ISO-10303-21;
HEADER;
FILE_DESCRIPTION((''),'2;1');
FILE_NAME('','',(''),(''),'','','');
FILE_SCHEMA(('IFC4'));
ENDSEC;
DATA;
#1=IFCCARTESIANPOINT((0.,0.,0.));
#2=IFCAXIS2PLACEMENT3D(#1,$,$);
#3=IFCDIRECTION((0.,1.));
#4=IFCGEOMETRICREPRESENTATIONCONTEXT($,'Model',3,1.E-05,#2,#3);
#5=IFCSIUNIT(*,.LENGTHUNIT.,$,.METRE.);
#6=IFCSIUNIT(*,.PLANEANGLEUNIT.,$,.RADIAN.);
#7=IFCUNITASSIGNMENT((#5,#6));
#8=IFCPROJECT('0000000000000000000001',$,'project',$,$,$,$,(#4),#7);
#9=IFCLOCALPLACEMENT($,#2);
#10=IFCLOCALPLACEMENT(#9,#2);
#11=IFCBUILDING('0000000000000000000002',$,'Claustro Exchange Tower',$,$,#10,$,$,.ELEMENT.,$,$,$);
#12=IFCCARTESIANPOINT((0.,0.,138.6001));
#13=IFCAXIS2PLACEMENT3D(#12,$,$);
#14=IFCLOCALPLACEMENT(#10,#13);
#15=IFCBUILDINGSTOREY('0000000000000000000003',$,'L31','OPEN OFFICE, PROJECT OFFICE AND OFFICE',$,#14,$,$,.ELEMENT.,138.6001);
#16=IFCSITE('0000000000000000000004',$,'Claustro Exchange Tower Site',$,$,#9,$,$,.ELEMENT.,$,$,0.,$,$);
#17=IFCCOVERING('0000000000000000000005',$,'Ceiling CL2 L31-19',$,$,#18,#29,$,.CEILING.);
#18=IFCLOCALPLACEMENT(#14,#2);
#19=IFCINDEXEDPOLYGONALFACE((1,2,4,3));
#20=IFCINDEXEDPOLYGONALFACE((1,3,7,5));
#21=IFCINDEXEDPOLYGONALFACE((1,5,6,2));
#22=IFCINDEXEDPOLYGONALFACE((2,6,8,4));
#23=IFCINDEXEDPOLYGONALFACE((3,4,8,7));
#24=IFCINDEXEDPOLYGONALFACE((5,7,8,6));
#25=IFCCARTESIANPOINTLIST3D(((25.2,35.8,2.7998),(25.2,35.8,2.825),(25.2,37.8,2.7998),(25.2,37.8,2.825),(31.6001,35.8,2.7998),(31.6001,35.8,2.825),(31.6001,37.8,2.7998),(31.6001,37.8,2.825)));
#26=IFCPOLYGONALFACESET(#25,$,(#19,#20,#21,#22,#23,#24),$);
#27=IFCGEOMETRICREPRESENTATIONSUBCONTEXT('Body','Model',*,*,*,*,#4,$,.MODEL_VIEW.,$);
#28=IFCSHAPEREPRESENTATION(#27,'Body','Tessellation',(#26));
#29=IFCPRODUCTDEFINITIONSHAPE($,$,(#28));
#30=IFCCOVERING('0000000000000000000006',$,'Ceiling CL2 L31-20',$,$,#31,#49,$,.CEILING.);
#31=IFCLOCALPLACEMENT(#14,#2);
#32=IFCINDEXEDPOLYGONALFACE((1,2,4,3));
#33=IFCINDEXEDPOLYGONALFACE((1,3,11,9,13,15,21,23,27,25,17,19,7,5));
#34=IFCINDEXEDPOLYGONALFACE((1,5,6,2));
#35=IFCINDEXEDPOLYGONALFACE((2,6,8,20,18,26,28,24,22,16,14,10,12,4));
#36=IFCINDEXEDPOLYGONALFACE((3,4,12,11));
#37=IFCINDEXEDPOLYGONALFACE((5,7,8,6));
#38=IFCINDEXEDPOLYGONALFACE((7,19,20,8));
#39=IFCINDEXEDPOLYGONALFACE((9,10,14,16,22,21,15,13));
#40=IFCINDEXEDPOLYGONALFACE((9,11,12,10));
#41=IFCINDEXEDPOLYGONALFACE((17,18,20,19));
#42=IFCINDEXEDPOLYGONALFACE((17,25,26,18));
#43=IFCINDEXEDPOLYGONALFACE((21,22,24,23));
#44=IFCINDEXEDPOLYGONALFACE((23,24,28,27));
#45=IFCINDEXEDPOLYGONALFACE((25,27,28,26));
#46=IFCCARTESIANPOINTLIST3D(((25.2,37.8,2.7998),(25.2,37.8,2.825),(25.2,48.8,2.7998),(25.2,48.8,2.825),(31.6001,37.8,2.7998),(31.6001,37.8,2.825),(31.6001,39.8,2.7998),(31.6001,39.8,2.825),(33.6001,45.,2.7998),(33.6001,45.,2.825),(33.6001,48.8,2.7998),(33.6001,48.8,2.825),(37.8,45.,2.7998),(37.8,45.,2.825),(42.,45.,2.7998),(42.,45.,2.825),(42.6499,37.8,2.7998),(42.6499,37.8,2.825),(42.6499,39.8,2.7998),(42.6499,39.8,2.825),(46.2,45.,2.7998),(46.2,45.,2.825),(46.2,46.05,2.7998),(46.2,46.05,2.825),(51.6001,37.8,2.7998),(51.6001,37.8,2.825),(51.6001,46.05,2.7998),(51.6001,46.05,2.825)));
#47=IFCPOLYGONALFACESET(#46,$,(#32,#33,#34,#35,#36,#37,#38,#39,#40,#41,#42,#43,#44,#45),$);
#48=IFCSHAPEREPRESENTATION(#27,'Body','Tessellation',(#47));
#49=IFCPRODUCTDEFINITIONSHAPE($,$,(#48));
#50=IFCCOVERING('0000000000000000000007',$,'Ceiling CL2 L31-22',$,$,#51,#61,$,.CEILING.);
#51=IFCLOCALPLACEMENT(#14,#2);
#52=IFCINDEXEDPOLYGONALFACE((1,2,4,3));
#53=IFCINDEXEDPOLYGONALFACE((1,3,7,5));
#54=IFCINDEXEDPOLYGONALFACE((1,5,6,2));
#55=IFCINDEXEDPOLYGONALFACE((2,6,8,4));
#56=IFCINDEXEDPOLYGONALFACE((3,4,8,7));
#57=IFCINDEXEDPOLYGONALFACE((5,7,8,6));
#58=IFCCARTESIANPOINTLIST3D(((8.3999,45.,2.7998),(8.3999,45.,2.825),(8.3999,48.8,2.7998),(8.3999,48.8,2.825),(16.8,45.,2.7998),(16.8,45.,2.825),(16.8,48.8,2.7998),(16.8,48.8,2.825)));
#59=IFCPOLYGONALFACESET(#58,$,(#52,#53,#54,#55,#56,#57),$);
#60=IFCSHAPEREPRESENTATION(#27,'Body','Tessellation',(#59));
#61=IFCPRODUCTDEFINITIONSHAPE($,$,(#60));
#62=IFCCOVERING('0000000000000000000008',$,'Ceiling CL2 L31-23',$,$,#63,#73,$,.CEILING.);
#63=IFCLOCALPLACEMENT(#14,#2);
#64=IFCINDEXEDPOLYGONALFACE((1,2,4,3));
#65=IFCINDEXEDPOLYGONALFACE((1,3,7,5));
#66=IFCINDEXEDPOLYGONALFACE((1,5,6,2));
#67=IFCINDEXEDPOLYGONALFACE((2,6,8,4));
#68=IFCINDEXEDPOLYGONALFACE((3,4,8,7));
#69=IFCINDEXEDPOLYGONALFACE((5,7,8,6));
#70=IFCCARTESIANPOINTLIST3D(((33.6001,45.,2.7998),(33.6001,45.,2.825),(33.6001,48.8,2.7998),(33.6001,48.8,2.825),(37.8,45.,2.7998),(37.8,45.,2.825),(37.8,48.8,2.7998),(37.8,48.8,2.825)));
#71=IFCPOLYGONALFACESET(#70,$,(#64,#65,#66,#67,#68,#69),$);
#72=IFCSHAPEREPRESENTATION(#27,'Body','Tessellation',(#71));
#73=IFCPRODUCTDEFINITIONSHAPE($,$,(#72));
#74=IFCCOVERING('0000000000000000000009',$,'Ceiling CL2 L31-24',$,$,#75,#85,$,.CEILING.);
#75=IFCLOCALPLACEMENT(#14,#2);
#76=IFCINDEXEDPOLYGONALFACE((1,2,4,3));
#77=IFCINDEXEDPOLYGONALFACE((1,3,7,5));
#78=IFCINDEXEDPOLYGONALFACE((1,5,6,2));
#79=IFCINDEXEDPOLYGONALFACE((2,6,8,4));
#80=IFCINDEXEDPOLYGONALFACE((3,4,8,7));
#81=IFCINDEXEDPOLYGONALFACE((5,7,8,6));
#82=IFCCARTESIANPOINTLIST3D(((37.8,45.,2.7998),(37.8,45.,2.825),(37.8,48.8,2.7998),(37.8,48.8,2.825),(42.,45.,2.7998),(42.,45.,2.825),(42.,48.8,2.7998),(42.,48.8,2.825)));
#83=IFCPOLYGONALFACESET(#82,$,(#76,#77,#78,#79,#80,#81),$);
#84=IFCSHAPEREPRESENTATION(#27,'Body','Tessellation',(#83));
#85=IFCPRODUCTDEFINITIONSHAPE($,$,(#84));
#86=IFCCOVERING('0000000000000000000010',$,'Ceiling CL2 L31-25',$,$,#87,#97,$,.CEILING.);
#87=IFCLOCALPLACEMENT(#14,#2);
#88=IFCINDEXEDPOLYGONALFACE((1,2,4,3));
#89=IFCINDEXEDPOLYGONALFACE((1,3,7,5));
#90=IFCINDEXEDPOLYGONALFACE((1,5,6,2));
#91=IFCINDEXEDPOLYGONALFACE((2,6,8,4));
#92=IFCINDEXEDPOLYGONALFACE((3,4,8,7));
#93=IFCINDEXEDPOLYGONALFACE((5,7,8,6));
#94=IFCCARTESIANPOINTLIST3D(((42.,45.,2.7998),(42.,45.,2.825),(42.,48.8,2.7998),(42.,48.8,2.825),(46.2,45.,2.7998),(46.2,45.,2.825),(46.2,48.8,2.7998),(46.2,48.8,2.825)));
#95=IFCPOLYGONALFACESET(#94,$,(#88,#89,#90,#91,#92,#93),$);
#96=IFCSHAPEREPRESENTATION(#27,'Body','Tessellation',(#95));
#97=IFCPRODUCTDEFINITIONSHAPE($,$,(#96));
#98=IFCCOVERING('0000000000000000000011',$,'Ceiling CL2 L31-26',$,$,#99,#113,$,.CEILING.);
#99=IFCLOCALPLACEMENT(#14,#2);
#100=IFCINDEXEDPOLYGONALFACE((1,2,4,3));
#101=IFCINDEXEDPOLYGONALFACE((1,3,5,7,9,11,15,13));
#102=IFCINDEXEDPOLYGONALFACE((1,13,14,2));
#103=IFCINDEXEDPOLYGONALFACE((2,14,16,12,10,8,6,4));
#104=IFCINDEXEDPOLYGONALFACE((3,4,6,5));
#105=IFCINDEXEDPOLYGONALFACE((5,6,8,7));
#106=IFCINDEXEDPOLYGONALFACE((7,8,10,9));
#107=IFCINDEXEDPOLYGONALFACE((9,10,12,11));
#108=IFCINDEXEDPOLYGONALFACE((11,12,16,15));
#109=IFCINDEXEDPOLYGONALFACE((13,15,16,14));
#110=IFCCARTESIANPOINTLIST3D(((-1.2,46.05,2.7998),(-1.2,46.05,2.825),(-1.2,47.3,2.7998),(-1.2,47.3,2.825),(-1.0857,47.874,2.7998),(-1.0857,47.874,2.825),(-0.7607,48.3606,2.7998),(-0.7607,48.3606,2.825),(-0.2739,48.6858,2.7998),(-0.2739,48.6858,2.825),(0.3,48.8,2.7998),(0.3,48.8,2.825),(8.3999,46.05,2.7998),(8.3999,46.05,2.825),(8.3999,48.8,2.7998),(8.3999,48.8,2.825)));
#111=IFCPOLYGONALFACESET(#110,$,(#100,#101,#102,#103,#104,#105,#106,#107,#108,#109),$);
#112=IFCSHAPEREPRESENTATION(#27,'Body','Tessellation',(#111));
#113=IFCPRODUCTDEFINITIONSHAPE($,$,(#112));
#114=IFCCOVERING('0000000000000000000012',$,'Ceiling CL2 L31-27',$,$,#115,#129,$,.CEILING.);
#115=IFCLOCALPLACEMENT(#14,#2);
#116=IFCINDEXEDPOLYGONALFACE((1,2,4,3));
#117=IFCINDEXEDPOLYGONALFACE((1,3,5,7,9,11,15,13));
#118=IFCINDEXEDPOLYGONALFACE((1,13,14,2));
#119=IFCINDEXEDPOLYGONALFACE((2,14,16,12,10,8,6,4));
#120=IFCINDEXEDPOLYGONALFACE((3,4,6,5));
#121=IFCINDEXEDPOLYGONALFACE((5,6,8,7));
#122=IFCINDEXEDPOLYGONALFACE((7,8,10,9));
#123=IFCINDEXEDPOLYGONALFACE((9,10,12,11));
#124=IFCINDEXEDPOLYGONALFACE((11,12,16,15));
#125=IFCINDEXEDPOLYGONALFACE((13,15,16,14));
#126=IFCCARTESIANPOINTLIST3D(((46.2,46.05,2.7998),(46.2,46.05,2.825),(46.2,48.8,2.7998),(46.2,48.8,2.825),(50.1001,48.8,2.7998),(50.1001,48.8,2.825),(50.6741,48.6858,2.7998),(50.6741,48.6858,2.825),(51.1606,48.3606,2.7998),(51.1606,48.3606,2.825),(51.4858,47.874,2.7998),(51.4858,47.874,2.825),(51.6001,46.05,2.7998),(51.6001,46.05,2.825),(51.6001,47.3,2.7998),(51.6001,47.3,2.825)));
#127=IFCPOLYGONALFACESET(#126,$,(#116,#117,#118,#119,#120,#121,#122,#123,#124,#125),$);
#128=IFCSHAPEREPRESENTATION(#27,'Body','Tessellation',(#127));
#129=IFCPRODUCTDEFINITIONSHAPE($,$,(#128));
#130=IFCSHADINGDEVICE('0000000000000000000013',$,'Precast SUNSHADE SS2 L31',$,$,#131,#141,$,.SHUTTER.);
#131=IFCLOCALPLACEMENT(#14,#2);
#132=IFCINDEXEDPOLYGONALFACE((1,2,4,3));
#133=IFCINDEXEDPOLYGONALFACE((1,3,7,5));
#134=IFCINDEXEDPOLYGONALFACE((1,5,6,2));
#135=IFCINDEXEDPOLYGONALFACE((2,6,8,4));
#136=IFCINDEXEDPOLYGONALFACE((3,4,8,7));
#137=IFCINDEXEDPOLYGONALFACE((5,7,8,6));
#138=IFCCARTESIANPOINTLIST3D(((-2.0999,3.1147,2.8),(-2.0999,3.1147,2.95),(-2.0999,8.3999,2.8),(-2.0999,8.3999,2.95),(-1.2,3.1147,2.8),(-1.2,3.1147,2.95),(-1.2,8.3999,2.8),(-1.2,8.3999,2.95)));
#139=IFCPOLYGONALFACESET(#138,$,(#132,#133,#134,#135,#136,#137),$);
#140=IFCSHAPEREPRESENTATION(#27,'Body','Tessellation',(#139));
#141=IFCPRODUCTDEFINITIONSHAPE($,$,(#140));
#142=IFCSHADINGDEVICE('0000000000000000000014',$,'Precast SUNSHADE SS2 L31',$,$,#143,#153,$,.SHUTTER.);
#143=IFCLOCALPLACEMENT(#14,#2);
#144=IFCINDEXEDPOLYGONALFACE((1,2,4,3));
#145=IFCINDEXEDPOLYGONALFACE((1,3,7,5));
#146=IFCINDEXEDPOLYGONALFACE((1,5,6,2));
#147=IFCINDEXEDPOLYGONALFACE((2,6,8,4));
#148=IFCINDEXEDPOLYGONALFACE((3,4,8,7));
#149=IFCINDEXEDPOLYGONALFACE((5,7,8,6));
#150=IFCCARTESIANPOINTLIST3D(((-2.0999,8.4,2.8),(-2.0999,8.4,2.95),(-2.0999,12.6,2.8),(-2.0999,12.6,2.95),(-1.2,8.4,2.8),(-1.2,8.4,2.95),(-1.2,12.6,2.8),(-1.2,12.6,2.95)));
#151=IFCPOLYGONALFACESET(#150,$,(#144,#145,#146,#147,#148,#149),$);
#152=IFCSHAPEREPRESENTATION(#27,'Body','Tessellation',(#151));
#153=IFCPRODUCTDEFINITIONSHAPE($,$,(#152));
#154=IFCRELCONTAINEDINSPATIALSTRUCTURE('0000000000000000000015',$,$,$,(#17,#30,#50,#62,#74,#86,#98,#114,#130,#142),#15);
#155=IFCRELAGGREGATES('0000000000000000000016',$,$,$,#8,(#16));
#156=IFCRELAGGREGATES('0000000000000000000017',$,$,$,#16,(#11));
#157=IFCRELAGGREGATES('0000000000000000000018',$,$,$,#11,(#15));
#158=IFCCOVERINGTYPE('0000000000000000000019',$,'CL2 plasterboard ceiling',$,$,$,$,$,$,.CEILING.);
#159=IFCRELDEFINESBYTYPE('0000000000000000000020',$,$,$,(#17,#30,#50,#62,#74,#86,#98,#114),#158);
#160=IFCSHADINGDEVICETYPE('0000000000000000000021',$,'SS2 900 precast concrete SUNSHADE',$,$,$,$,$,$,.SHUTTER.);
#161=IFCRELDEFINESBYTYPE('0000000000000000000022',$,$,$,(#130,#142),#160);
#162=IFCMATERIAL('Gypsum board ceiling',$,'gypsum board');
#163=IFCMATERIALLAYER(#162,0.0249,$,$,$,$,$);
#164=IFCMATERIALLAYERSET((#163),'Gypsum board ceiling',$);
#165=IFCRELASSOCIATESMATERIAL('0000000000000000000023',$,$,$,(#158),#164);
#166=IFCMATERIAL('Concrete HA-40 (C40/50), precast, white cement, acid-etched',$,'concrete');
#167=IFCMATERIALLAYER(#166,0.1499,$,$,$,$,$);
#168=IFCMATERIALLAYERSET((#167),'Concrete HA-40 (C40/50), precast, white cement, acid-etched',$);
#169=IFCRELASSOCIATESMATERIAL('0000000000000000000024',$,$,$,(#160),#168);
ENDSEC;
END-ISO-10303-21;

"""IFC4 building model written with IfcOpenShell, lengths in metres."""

from ifc_helpers import new_model, si_unit, direction, frame, origin, origin_2d, place, context, subcontext, project, spatial, polyline, rectangle, outline, extrude, material, layer, layer_set, type_object, element, save


model = new_model("IFC4")

# Units and contexts
model_context = context("Model", 3, precision=1e-05, world=origin(), true_north=direction((0.0, 1.0)))
body_context = subcontext(model_context, "Body", "Model", "MODEL_VIEW")
ifc_project = project(units=[si_unit("LENGTHUNIT", "METRE"), si_unit("PLANEANGLEUNIT", "RADIAN")], contexts=[model_context])

# Site, building, storey
site_placement = place(None, origin())
site = spatial("IfcSite", under=ifc_project, at=site_placement, Name="Claustro Exchange Tower Site", CompositionType="ELEMENT", RefElevation=0.0)
building_placement = place(site_placement, origin())
building = spatial("IfcBuilding", under=site, at=building_placement, Name="Claustro Exchange Tower", CompositionType="ELEMENT")
storey_placement = place(building_placement, frame((0.0, 0.0, 138.6001)))
storey = spatial("IfcBuildingStorey", under=building, at=storey_placement, Name="L31", Description="OPEN OFFICE, PROJECT OFFICE AND OFFICE", CompositionType="ELEMENT", Elevation=138.6001)

# Coverings
ifc_material_1 = material(Name="Gypsum board ceiling", Category="gypsum board")
ifc_layer_1 = layer(ifc_material_1, 0.0249)
ifc_layer_set_1 = layer_set([ifc_layer_1], Name="Gypsum board ceiling")
covering_type_1 = type_object("IfcCoveringType", Name="CL2 plasterboard ceiling", PredefinedType="CEILING", material=ifc_layer_set_1)
covering_1_placement = place(storey_placement, frame((0.0, 0.0, 2.7998)))
element("IfcCovering", 1, at=covering_1_placement, inside=storey, type_object=covering_type_1, Name="Ceiling CL2 L31-19", PredefinedType="CEILING", context=body_context, shape_type="SweptSolid", body=[
    extrude(outline(polyline([(25.2, 35.8), (31.6001, 35.8), (31.6001, 37.8), (25.2, 37.8), (25.2, 35.8)])), origin(), (0.0, 0.0, 1.0), 0.0251),
])
covering_2_placement = place(storey_placement, frame((0.0, 0.0, 2.7998)))
element("IfcCovering", 2, at=covering_2_placement, inside=storey, type_object=covering_type_1, Name="Ceiling CL2 L31-20", PredefinedType="CEILING", context=body_context, shape_type="SweptSolid", body=[
    extrude(outline(polyline([(33.6001, 48.8), (25.2, 48.8), (25.2, 37.8), (31.6001, 37.8), (31.6001, 39.8), (42.6499, 39.8), (42.6499, 37.8), (51.6001, 37.8), (51.6001, 46.05), (46.2, 46.05), (46.2, 45.0), (42.0, 45.0), (37.8, 45.0), (33.6001, 45.0), (33.6001, 48.8)])), origin(), (0.0, 0.0, 1.0), 0.0251),
])
covering_3_placement = place(storey_placement, frame((0.0, 0.0, 2.7998)))
element("IfcCovering", 3, at=covering_3_placement, inside=storey, type_object=covering_type_1, Name="Ceiling CL2 L31-22", PredefinedType="CEILING", context=body_context, shape_type="SweptSolid", body=[
    extrude(outline(polyline([(16.8, 48.8), (8.3999, 48.8), (8.3999, 45.0), (16.8, 45.0), (16.8, 48.8)])), origin(), (0.0, 0.0, 1.0), 0.0251),
])
covering_4_placement = place(storey_placement, frame((0.0, 0.0, 2.7998)))
element("IfcCovering", 4, at=covering_4_placement, inside=storey, type_object=covering_type_1, Name="Ceiling CL2 L31-23", PredefinedType="CEILING", context=body_context, shape_type="SweptSolid", body=[
    extrude(outline(polyline([(37.8, 48.8), (33.6001, 48.8), (33.6001, 45.0), (37.8, 45.0), (37.8, 48.8)])), origin(), (0.0, 0.0, 1.0), 0.0251),
])
covering_5_placement = place(storey_placement, frame((0.0, 0.0, 2.7998)))
element("IfcCovering", 5, at=covering_5_placement, inside=storey, type_object=covering_type_1, Name="Ceiling CL2 L31-24", PredefinedType="CEILING", context=body_context, shape_type="SweptSolid", body=[
    extrude(outline(polyline([(42.0, 48.8), (37.8, 48.8), (37.8, 45.0), (42.0, 45.0), (42.0, 48.8)])), origin(), (0.0, 0.0, 1.0), 0.0251),
])
covering_6_placement = place(storey_placement, frame((0.0, 0.0, 2.7998)))
element("IfcCovering", 6, at=covering_6_placement, inside=storey, type_object=covering_type_1, Name="Ceiling CL2 L31-25", PredefinedType="CEILING", context=body_context, shape_type="SweptSolid", body=[
    extrude(outline(polyline([(46.2, 48.8), (42.0, 48.8), (42.0, 45.0), (46.2, 45.0), (46.2, 48.8)])), origin(), (0.0, 0.0, 1.0), 0.0251),
])
covering_7_placement = place(storey_placement, frame((0.0, 0.0, 2.7998)))
element("IfcCovering", 7, at=covering_7_placement, inside=storey, type_object=covering_type_1, Name="Ceiling CL2 L31-26", PredefinedType="CEILING", context=body_context, shape_type="SweptSolid", body=[
    extrude(outline(polyline([(-1.2, 47.3), (-1.2, 46.05), (8.3999, 46.05), (8.3999, 48.8), (0.3, 48.8), (-0.2739, 48.6858), (-0.7607, 48.3606), (-1.0857, 47.874), (-1.2, 47.3)])), origin(), (0.0, 0.0, 1.0), 0.0251),
])
covering_8_placement = place(storey_placement, frame((0.0, 0.0, 2.7998)))
element("IfcCovering", 8, at=covering_8_placement, inside=storey, type_object=covering_type_1, Name="Ceiling CL2 L31-27", PredefinedType="CEILING", context=body_context, shape_type="SweptSolid", body=[
    extrude(outline(polyline([(50.1001, 48.8), (46.2, 48.8), (46.2, 46.05), (51.6001, 46.05), (51.6001, 47.3), (51.4858, 47.874), (51.1606, 48.3606), (50.6741, 48.6858), (50.1001, 48.8)])), origin(), (0.0, 0.0, 1.0), 0.0251),
])

# Shading devices
ifc_material_2 = material(Name="Concrete HA-40 (C40/50), precast, white cement, acid-etched", Category="concrete")
ifc_layer_2 = layer(ifc_material_2, 0.1499)
ifc_layer_set_2 = layer_set([ifc_layer_2], Name="Concrete HA-40 (C40/50), precast, white cement, acid-etched")
shading_device_type = type_object("IfcShadingDeviceType", Name="SS2 900 precast concrete SUNSHADE", PredefinedType="SHUTTER", material=ifc_layer_set_2)
shading_device_1_placement = place(storey_placement, frame((-1.6499, 5.7573, 2.8), z_axis=(0.0, 0.0, 1.0), x_axis=(0.0, 1.0, 0.0)))
element("IfcShadingDevice", 9, at=shading_device_1_placement, inside=storey, type_object=shading_device_type, Name="Precast SUNSHADE SS2 L31", PredefinedType="SHUTTER", context=body_context, shape_type="SweptSolid", body=[
    extrude(rectangle(XDim=5.2852, YDim=0.8999, at=origin_2d()), origin(), (0.0, 0.0, 1.0), 0.1499),
])
shading_device_2_placement = place(storey_placement, frame((-1.6499, 10.5, 2.8), z_axis=(0.0, 0.0, 1.0), x_axis=(0.0, 1.0, 0.0)))
element("IfcShadingDevice", 10, at=shading_device_2_placement, inside=storey, type_object=shading_device_type, Name="Precast SUNSHADE SS2 L31", PredefinedType="SHUTTER", context=body_context, shape_type="SweptSolid", body=[
    extrude(rectangle(XDim=4.2, YDim=0.8999, at=origin_2d()), origin(), (0.0, 0.0, 1.0), 0.1499),
])

save(model, "model.ifc")
